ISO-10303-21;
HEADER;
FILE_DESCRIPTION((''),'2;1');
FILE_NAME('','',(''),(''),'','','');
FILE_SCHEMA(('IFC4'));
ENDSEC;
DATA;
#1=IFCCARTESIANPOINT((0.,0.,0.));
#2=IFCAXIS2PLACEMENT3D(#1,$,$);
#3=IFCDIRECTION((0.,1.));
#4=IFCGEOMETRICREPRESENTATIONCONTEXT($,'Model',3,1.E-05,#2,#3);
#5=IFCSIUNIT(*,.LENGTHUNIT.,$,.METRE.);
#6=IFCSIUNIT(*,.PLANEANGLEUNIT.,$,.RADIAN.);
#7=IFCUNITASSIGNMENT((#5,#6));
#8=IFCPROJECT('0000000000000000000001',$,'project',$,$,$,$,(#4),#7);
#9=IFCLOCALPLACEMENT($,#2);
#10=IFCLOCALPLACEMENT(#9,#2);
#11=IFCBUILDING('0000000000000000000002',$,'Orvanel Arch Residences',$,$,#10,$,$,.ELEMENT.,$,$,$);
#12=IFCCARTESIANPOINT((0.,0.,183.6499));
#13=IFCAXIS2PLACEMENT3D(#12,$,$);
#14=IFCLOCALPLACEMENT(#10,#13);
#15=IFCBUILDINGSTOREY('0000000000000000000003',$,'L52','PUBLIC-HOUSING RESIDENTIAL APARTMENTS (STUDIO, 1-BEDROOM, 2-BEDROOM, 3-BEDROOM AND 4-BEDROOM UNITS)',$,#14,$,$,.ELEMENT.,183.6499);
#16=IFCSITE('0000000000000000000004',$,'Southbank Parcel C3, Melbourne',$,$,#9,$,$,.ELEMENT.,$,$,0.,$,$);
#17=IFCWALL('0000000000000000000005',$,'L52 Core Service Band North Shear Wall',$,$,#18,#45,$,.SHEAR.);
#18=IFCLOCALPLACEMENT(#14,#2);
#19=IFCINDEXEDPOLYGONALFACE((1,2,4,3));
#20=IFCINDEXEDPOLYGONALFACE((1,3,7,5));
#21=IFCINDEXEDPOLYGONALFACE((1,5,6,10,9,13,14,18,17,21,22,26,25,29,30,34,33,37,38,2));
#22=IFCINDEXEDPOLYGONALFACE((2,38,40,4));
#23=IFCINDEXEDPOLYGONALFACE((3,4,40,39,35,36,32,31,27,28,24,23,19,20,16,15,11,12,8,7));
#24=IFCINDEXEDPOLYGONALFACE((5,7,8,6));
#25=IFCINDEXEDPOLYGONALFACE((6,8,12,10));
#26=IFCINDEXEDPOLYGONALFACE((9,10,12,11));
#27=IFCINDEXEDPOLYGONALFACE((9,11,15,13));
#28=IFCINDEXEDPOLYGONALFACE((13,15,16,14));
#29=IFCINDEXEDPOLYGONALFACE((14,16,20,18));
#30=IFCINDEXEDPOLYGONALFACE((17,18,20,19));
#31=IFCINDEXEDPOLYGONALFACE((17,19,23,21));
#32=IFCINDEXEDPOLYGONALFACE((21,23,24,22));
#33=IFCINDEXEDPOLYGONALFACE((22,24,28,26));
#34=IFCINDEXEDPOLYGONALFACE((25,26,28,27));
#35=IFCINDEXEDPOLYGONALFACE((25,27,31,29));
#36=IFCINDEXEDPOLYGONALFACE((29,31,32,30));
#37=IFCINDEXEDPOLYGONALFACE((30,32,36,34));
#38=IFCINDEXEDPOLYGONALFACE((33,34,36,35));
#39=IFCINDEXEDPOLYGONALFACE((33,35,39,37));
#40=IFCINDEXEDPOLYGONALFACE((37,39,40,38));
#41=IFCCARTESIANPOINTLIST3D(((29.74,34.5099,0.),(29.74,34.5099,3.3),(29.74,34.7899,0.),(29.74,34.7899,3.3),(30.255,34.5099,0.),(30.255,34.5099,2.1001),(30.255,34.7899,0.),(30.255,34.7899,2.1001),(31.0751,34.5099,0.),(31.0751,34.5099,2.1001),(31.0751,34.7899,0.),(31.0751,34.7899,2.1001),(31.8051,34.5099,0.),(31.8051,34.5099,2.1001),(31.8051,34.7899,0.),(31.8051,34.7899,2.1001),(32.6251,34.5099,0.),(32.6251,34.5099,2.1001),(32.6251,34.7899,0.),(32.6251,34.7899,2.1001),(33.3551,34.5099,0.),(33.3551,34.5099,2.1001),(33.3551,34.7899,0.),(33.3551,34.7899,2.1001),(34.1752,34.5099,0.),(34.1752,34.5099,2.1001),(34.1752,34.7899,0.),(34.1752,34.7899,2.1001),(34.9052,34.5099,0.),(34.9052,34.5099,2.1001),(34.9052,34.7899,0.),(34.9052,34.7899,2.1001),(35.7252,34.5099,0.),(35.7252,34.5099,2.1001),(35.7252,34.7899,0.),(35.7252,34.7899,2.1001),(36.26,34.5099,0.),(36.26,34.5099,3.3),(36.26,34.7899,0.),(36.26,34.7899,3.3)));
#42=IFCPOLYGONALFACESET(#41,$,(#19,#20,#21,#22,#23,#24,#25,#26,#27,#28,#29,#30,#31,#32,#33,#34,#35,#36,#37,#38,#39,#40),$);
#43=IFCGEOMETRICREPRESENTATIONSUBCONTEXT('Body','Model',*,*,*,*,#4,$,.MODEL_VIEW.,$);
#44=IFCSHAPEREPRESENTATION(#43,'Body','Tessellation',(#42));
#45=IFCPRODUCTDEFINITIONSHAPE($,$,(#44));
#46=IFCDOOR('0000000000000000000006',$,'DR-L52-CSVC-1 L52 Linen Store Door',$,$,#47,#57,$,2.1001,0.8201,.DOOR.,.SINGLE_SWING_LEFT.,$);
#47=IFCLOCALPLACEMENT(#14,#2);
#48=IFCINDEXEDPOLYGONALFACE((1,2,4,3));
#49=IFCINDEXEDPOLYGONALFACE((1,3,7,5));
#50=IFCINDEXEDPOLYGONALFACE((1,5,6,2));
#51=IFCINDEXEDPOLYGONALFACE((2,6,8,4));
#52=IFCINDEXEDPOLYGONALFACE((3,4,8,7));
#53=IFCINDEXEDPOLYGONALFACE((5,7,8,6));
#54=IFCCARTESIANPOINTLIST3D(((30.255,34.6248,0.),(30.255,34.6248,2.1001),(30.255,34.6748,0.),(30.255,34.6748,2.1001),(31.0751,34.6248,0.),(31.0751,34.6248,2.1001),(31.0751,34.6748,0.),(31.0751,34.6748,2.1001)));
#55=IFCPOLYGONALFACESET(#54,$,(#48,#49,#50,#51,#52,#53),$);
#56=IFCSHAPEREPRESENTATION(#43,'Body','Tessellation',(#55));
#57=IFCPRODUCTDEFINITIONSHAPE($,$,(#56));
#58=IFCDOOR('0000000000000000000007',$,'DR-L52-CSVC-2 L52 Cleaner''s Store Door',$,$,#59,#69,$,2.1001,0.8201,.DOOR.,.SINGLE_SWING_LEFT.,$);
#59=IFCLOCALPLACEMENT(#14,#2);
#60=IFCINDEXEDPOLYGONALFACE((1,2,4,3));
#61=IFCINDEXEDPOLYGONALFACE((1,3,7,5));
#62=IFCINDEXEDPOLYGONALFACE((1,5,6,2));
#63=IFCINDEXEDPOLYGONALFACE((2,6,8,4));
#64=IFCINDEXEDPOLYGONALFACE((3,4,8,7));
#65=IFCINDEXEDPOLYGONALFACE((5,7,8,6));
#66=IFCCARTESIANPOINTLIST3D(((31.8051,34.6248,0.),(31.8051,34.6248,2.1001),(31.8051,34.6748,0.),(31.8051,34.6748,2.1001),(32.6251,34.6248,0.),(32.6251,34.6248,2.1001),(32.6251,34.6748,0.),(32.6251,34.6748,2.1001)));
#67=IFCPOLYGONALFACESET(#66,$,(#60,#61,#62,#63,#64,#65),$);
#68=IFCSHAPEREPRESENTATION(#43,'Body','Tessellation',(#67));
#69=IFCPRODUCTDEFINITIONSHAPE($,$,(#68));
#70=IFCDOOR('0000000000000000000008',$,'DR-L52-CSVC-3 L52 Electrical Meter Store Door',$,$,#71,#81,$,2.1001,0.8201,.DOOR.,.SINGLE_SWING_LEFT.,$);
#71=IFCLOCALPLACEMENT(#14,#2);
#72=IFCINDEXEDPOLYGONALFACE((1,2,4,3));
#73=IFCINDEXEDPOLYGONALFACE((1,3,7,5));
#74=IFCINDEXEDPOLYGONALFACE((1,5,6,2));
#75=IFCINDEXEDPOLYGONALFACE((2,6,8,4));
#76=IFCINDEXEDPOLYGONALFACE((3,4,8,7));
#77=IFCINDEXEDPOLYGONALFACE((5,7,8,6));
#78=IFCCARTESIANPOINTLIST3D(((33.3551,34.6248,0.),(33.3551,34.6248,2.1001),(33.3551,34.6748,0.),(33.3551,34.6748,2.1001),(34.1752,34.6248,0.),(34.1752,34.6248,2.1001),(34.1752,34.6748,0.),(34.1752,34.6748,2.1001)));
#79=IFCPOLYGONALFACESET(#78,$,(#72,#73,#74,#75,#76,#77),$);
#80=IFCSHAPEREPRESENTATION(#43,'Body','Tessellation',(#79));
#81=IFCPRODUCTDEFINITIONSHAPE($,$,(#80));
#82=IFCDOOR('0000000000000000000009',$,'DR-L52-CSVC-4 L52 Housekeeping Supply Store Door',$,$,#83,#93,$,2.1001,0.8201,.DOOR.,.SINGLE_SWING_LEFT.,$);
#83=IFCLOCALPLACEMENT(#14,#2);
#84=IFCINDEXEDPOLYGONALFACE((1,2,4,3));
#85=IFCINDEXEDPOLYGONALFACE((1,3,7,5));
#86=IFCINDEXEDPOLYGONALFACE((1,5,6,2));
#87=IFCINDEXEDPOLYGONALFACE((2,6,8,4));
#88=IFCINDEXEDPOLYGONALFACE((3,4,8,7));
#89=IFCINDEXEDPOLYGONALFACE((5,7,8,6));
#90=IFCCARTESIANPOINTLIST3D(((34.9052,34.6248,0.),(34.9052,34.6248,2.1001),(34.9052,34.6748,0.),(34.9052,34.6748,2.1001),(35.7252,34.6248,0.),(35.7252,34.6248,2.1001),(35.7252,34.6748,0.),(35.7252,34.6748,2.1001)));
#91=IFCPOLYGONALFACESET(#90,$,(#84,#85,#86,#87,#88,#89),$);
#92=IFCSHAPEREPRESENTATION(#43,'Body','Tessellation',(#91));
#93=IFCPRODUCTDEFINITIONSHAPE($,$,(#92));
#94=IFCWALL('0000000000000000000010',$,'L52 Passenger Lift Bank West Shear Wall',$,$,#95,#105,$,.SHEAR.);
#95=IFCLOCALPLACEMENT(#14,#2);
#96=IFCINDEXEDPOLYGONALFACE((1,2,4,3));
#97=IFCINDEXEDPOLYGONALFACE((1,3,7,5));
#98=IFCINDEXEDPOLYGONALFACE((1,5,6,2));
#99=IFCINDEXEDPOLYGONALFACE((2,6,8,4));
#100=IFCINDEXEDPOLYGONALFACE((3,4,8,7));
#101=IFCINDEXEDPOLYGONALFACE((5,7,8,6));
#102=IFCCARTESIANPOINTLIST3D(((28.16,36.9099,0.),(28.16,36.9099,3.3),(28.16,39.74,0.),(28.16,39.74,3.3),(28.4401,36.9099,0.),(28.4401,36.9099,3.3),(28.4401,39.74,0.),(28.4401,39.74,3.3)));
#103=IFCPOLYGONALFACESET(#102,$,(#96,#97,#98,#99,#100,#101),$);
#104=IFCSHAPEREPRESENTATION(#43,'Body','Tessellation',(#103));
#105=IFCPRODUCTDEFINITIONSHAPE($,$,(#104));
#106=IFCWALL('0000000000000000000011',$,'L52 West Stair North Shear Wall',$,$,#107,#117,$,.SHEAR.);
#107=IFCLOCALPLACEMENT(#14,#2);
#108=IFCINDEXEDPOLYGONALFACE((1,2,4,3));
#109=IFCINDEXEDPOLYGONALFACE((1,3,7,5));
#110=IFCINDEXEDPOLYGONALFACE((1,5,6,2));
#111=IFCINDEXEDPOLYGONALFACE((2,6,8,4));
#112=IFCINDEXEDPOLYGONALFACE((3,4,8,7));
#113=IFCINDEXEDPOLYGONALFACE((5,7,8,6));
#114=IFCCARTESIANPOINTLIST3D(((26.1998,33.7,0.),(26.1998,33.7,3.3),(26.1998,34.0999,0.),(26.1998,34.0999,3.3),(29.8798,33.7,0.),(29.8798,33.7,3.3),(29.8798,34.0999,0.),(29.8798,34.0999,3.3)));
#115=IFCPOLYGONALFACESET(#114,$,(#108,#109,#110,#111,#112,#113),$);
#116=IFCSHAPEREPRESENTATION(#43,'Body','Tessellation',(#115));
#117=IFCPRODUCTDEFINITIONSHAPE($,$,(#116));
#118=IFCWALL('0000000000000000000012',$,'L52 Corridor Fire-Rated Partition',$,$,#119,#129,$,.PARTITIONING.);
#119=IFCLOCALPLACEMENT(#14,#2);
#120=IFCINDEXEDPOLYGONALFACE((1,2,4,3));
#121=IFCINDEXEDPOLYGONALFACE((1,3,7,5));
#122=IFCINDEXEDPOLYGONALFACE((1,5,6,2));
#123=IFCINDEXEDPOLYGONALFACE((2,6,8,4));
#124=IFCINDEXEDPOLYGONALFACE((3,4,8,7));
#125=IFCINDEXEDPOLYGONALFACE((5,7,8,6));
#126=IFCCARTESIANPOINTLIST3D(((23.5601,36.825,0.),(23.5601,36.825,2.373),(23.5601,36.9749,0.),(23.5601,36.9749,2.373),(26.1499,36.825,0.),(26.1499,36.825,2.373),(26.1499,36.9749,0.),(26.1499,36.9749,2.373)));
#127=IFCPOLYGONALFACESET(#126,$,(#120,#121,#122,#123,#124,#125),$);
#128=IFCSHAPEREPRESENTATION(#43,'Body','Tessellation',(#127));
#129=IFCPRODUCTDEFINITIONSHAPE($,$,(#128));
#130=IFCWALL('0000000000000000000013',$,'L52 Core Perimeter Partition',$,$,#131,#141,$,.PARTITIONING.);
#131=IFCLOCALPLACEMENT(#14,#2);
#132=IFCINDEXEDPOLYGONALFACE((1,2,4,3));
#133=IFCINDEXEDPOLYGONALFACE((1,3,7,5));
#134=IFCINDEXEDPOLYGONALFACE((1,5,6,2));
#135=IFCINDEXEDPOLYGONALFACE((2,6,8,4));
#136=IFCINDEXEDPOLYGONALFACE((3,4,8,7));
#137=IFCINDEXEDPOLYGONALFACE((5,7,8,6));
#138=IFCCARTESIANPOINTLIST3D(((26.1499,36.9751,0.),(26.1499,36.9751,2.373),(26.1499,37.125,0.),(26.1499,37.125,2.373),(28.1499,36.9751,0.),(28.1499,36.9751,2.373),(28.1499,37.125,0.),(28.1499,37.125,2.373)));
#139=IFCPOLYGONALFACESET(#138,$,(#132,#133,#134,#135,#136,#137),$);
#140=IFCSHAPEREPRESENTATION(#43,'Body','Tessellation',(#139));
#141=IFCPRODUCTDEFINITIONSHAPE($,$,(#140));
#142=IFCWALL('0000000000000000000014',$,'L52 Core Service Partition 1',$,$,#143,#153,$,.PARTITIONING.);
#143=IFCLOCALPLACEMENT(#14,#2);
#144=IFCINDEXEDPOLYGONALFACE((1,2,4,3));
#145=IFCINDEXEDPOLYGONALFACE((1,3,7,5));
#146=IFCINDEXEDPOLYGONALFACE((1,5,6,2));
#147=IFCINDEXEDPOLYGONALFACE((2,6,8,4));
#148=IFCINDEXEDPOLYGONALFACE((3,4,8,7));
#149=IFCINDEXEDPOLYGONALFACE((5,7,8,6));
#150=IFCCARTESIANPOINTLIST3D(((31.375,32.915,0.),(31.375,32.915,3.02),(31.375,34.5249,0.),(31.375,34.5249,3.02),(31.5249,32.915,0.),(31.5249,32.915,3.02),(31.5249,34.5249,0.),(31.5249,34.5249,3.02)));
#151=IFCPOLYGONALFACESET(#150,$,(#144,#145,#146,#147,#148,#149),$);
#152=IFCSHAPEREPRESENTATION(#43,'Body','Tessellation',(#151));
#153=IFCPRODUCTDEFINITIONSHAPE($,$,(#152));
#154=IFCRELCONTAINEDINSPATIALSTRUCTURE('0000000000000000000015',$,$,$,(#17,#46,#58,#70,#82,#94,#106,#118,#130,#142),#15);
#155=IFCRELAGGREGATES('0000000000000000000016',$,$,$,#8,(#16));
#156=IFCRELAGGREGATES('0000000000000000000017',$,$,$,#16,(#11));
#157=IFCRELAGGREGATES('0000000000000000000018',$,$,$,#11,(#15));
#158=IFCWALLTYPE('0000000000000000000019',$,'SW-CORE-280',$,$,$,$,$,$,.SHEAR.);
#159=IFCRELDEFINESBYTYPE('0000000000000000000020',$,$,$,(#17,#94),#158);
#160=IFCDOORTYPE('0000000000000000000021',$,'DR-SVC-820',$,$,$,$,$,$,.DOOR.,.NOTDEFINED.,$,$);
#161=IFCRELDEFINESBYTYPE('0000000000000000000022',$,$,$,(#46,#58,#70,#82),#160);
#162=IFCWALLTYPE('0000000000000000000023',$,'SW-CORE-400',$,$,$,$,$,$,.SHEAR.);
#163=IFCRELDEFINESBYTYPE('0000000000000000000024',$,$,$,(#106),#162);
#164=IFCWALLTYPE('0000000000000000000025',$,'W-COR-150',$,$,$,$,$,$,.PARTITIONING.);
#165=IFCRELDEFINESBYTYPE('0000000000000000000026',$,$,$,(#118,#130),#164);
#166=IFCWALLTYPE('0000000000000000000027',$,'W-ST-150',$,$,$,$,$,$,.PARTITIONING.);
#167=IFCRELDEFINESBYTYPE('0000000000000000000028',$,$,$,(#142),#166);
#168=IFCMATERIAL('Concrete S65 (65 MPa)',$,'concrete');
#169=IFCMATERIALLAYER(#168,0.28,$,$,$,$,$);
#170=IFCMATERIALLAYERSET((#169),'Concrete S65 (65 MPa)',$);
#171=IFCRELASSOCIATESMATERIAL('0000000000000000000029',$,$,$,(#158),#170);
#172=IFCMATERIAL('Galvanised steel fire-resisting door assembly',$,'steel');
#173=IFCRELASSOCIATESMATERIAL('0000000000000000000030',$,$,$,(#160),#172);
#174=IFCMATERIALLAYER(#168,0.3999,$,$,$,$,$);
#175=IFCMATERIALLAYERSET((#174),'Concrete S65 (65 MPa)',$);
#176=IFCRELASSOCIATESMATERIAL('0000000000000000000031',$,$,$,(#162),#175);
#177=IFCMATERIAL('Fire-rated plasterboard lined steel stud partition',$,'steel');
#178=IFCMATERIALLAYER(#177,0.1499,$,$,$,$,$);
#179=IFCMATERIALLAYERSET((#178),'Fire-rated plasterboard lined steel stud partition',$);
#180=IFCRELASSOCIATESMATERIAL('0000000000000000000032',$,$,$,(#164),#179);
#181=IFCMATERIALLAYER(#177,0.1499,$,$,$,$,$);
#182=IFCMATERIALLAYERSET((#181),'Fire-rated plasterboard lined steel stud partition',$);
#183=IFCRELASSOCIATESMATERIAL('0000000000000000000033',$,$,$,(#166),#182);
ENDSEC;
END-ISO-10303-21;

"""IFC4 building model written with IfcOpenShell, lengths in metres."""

from ifc_helpers import new_model, si_unit, direction, frame, frame_2d, origin, place, context, subcontext, project, spatial, rectangle, extrude, material, layer, layer_set, type_object, element, fill, save


model = new_model("IFC4")

# Units and contexts
model_context = context("Model", 3, precision=1e-05, world=origin(), true_north=direction((0.0, 1.0)))
body_context = subcontext(model_context, "Body", "Model", "MODEL_VIEW")
ifc_project = project(units=[si_unit("LENGTHUNIT", "METRE"), si_unit("PLANEANGLEUNIT", "RADIAN")], contexts=[model_context])

# Site, building, storey
site_placement = place(None, origin())
site = spatial("IfcSite", under=ifc_project, at=site_placement, Name="Southbank Parcel C3, Melbourne", CompositionType="ELEMENT", RefElevation=0.0)
building_placement = place(site_placement, origin())
building = spatial("IfcBuilding", under=site, at=building_placement, Name="Orvanel Arch Residences", CompositionType="ELEMENT")
storey_placement = place(building_placement, frame((0.0, 0.0, 183.6499)))
storey = spatial("IfcBuildingStorey", under=building, at=storey_placement, Name="L52", Description="PUBLIC-HOUSING RESIDENTIAL APARTMENTS (STUDIO, 1-BEDROOM, 2-BEDROOM, 3-BEDROOM AND 4-BEDROOM UNITS)", CompositionType="ELEMENT", Elevation=183.6499)

# Shared definitions
ifc_material_1 = material(Name="Concrete S65 (65 MPa)", Category="concrete")

# Wall, openings, doors
ifc_layer_1 = layer(ifc_material_1, 0.28)
ifc_layer_set_1 = layer_set([ifc_layer_1], Name="Concrete S65 (65 MPa)")
wall_type_1 = type_object("IfcWallType", Name="SW-CORE-280", PredefinedType="SHEAR", material=ifc_layer_set_1)
wall_1_placement = place(storey_placement, frame((29.74, 34.6499, 0.0), z_axis=(0.0, 0.0, 1.0), x_axis=(1.0, 0.0, 0.0)))
wall_1 = element("IfcWall", 1, at=wall_1_placement, inside=storey, type_object=wall_type_1, Name="L52 Core Service Band North Shear Wall", PredefinedType="SHEAR", context=body_context, shape_type="SweptSolid", body=[
    extrude(rectangle(XDim=6.52, YDim=0.28, at=frame_2d((3.26, 0.0))), origin(), (0.0, 0.0, 1.0), 3.3),
])
opening_1_placement = place(wall_1_placement, frame((0.5149, 0.0, 0.0)))
opening_1 = element("IfcOpeningElement", 2, at=opening_1_placement, cuts=wall_1, PredefinedType="OPENING", context=body_context, shape_type="SweptSolid", body=[
    extrude(rectangle(XDim=0.8201, YDim=2.1001, at=frame_2d((0.4102, 1.05))), frame((0.0, 0.1499, 0.0), z_axis=(0.0, -1.0, 0.0), x_axis=(1.0, 0.0, 0.0)), (0.0, 0.0, 1.0), 0.3),
])
opening_2_placement = place(wall_1_placement, frame((2.0649, 0.0, 0.0)))
opening_2 = element("IfcOpeningElement", 3, at=opening_2_placement, cuts=wall_1, PredefinedType="OPENING", context=body_context, shape_type="SweptSolid", body=[
    extrude(rectangle(XDim=0.8201, YDim=2.1001, at=frame_2d((0.4102, 1.05))), frame((0.0, 0.1499, 0.0), z_axis=(0.0, -1.0, 0.0), x_axis=(1.0, 0.0, 0.0)), (0.0, 0.0, 1.0), 0.3),
])
opening_3_placement = place(wall_1_placement, frame((3.615, 0.0, 0.0)))
opening_3 = element("IfcOpeningElement", 4, at=opening_3_placement, cuts=wall_1, PredefinedType="OPENING", context=body_context, shape_type="SweptSolid", body=[
    extrude(rectangle(XDim=0.8201, YDim=2.1001, at=frame_2d((0.4102, 1.05))), frame((0.0, 0.1499, 0.0), z_axis=(0.0, -1.0, 0.0), x_axis=(1.0, 0.0, 0.0)), (0.0, 0.0, 1.0), 0.3),
])
opening_4_placement = place(wall_1_placement, frame((5.165, 0.0, 0.0)))
opening_4 = element("IfcOpeningElement", 5, at=opening_4_placement, cuts=wall_1, PredefinedType="OPENING", context=body_context, shape_type="SweptSolid", body=[
    extrude(rectangle(XDim=0.8201, YDim=2.1001, at=frame_2d((0.4102, 1.05))), frame((0.0, 0.1499, 0.0), z_axis=(0.0, -1.0, 0.0), x_axis=(1.0, 0.0, 0.0)), (0.0, 0.0, 1.0), 0.3),
])
ifc_material_2 = material(Name="Galvanised steel fire-resisting door assembly", Category="steel")
door_type = type_object("IfcDoorType", Name="DR-SVC-820", OperationType="NOTDEFINED", PredefinedType="DOOR", material=ifc_material_2)
door_1_placement = place(opening_1_placement, origin())
door_1 = element("IfcDoor", 6, at=door_1_placement, inside=storey, type_object=door_type, Name="DR-L52-CSVC-1 L52 Linen Store Door", OperationType="SINGLE_SWING_LEFT", OverallHeight=2.1001, OverallWidth=0.8201, PredefinedType="DOOR", context=body_context, shape_type="SweptSolid", body=[
    extrude(rectangle(XDim=0.8201, YDim=2.1001, at=frame_2d((0.4102, 1.05))), frame((0.0, 0.0249, 0.0), z_axis=(0.0, -1.0, 0.0), x_axis=(1.0, 0.0, 0.0)), (0.0, 0.0, 1.0), 0.05),
])
fill(opening_1, door_1)
door_2_placement = place(opening_2_placement, origin())
door_2 = element("IfcDoor", 7, at=door_2_placement, inside=storey, type_object=door_type, Name="DR-L52-CSVC-2 L52 Cleaner's Store Door", OperationType="SINGLE_SWING_LEFT", OverallHeight=2.1001, OverallWidth=0.8201, PredefinedType="DOOR", context=body_context, shape_type="SweptSolid", body=[
    extrude(rectangle(XDim=0.8201, YDim=2.1001, at=frame_2d((0.4102, 1.05))), frame((0.0, 0.0249, 0.0), z_axis=(0.0, -1.0, 0.0), x_axis=(1.0, 0.0, 0.0)), (0.0, 0.0, 1.0), 0.05),
])
fill(opening_2, door_2)
door_3_placement = place(opening_3_placement, origin())
door_3 = element("IfcDoor", 8, at=door_3_placement, inside=storey, type_object=door_type, Name="DR-L52-CSVC-3 L52 Electrical Meter Store Door", OperationType="SINGLE_SWING_LEFT", OverallHeight=2.1001, OverallWidth=0.8201, PredefinedType="DOOR", context=body_context, shape_type="SweptSolid", body=[
    extrude(rectangle(XDim=0.8201, YDim=2.1001, at=frame_2d((0.4102, 1.05))), frame((0.0, 0.0249, 0.0), z_axis=(0.0, -1.0, 0.0), x_axis=(1.0, 0.0, 0.0)), (0.0, 0.0, 1.0), 0.05),
])
fill(opening_3, door_3)
door_4_placement = place(opening_4_placement, origin())
door_4 = element("IfcDoor", 9, at=door_4_placement, inside=storey, type_object=door_type, Name="DR-L52-CSVC-4 L52 Housekeeping Supply Store Door", OperationType="SINGLE_SWING_LEFT", OverallHeight=2.1001, OverallWidth=0.8201, PredefinedType="DOOR", context=body_context, shape_type="SweptSolid", body=[
    extrude(rectangle(XDim=0.8201, YDim=2.1001, at=frame_2d((0.4102, 1.05))), frame((0.0, 0.0249, 0.0), z_axis=(0.0, -1.0, 0.0), x_axis=(1.0, 0.0, 0.0)), (0.0, 0.0, 1.0), 0.05),
])
fill(opening_4, door_4)

# Walls
wall_2_placement = place(storey_placement, frame((28.3, 36.9099, 0.0), z_axis=(0.0, 0.0, 1.0), x_axis=(0.0, 1.0, 0.0)))
element("IfcWall", 10, at=wall_2_placement, inside=storey, type_object=wall_type_1, Name="L52 Passenger Lift Bank West Shear Wall", PredefinedType="SHEAR", context=body_context, shape_type="SweptSolid", body=[
    extrude(rectangle(XDim=2.8301, YDim=0.28, at=frame_2d((1.415, 0.0))), origin(), (0.0, 0.0, 1.0), 3.3),
])
ifc_layer_2 = layer(ifc_material_1, 0.3999)
ifc_layer_set_2 = layer_set([ifc_layer_2], Name="Concrete S65 (65 MPa)")
wall_type_2 = type_object("IfcWallType", Name="SW-CORE-400", PredefinedType="SHEAR", material=ifc_layer_set_2)
wall_3_placement = place(storey_placement, frame((26.2, 33.8999, 0.0), z_axis=(0.0, 0.0, 1.0), x_axis=(1.0, 0.0, 0.0)))
element("IfcWall", 11, at=wall_3_placement, inside=storey, type_object=wall_type_2, Name="L52 West Stair North Shear Wall", PredefinedType="SHEAR", context=body_context, shape_type="SweptSolid", body=[
    extrude(rectangle(XDim=3.6799, YDim=0.3999, at=frame_2d((1.8398, 0.0))), origin(), (0.0, 0.0, 1.0), 3.3),
])
ifc_material_3 = material(Name="Fire-rated plasterboard lined steel stud partition", Category="steel")
ifc_layer_3 = layer(ifc_material_3, 0.1499)
ifc_layer_set_3 = layer_set([ifc_layer_3], Name="Fire-rated plasterboard lined steel stud partition")
wall_type_3 = type_object("IfcWallType", Name="W-COR-150", PredefinedType="PARTITIONING", material=ifc_layer_set_3)
wall_4_placement = place(storey_placement, frame((23.5601, 36.8999, 0.0), z_axis=(0.0, 0.0, 1.0), x_axis=(1.0, 0.0, 0.0)))
element("IfcWall", 12, at=wall_4_placement, inside=storey, type_object=wall_type_3, Name="L52 Corridor Fire-Rated Partition", PredefinedType="PARTITIONING", context=body_context, shape_type="SweptSolid", body=[
    extrude(rectangle(XDim=2.5898, YDim=0.1499, at=frame_2d((1.2949, 0.0))), origin(), (0.0, 0.0, 1.0), 2.373),
])
wall_5_placement = place(storey_placement, frame((26.1499, 37.05, 0.0), z_axis=(0.0, 0.0, 1.0), x_axis=(1.0, 0.0, 0.0)))
element("IfcWall", 13, at=wall_5_placement, inside=storey, type_object=wall_type_3, Name="L52 Core Perimeter Partition", PredefinedType="PARTITIONING", context=body_context, shape_type="SweptSolid", body=[
    extrude(rectangle(XDim=2.0, YDim=0.1499, at=frame_2d((1.0, 0.0))), origin(), (0.0, 0.0, 1.0), 2.373),
])
ifc_layer_4 = layer(ifc_material_3, 0.1499)
ifc_layer_set_4 = layer_set([ifc_layer_4], Name="Fire-rated plasterboard lined steel stud partition")
wall_type_4 = type_object("IfcWallType", Name="W-ST-150", PredefinedType="PARTITIONING", material=ifc_layer_set_4)
wall_6_placement = place(storey_placement, frame((31.45, 32.915, 0.0), z_axis=(0.0, 0.0, 1.0), x_axis=(0.0, 1.0, 0.0)))
element("IfcWall", 14, at=wall_6_placement, inside=storey, type_object=wall_type_4, Name="L52 Core Service Partition 1", PredefinedType="PARTITIONING", context=body_context, shape_type="SweptSolid", body=[
    extrude(rectangle(XDim=1.6099, YDim=0.1499, at=frame_2d((0.8049, 0.0))), origin(), (0.0, 0.0, 1.0), 3.02),
])

save(model, "model.ifc")
